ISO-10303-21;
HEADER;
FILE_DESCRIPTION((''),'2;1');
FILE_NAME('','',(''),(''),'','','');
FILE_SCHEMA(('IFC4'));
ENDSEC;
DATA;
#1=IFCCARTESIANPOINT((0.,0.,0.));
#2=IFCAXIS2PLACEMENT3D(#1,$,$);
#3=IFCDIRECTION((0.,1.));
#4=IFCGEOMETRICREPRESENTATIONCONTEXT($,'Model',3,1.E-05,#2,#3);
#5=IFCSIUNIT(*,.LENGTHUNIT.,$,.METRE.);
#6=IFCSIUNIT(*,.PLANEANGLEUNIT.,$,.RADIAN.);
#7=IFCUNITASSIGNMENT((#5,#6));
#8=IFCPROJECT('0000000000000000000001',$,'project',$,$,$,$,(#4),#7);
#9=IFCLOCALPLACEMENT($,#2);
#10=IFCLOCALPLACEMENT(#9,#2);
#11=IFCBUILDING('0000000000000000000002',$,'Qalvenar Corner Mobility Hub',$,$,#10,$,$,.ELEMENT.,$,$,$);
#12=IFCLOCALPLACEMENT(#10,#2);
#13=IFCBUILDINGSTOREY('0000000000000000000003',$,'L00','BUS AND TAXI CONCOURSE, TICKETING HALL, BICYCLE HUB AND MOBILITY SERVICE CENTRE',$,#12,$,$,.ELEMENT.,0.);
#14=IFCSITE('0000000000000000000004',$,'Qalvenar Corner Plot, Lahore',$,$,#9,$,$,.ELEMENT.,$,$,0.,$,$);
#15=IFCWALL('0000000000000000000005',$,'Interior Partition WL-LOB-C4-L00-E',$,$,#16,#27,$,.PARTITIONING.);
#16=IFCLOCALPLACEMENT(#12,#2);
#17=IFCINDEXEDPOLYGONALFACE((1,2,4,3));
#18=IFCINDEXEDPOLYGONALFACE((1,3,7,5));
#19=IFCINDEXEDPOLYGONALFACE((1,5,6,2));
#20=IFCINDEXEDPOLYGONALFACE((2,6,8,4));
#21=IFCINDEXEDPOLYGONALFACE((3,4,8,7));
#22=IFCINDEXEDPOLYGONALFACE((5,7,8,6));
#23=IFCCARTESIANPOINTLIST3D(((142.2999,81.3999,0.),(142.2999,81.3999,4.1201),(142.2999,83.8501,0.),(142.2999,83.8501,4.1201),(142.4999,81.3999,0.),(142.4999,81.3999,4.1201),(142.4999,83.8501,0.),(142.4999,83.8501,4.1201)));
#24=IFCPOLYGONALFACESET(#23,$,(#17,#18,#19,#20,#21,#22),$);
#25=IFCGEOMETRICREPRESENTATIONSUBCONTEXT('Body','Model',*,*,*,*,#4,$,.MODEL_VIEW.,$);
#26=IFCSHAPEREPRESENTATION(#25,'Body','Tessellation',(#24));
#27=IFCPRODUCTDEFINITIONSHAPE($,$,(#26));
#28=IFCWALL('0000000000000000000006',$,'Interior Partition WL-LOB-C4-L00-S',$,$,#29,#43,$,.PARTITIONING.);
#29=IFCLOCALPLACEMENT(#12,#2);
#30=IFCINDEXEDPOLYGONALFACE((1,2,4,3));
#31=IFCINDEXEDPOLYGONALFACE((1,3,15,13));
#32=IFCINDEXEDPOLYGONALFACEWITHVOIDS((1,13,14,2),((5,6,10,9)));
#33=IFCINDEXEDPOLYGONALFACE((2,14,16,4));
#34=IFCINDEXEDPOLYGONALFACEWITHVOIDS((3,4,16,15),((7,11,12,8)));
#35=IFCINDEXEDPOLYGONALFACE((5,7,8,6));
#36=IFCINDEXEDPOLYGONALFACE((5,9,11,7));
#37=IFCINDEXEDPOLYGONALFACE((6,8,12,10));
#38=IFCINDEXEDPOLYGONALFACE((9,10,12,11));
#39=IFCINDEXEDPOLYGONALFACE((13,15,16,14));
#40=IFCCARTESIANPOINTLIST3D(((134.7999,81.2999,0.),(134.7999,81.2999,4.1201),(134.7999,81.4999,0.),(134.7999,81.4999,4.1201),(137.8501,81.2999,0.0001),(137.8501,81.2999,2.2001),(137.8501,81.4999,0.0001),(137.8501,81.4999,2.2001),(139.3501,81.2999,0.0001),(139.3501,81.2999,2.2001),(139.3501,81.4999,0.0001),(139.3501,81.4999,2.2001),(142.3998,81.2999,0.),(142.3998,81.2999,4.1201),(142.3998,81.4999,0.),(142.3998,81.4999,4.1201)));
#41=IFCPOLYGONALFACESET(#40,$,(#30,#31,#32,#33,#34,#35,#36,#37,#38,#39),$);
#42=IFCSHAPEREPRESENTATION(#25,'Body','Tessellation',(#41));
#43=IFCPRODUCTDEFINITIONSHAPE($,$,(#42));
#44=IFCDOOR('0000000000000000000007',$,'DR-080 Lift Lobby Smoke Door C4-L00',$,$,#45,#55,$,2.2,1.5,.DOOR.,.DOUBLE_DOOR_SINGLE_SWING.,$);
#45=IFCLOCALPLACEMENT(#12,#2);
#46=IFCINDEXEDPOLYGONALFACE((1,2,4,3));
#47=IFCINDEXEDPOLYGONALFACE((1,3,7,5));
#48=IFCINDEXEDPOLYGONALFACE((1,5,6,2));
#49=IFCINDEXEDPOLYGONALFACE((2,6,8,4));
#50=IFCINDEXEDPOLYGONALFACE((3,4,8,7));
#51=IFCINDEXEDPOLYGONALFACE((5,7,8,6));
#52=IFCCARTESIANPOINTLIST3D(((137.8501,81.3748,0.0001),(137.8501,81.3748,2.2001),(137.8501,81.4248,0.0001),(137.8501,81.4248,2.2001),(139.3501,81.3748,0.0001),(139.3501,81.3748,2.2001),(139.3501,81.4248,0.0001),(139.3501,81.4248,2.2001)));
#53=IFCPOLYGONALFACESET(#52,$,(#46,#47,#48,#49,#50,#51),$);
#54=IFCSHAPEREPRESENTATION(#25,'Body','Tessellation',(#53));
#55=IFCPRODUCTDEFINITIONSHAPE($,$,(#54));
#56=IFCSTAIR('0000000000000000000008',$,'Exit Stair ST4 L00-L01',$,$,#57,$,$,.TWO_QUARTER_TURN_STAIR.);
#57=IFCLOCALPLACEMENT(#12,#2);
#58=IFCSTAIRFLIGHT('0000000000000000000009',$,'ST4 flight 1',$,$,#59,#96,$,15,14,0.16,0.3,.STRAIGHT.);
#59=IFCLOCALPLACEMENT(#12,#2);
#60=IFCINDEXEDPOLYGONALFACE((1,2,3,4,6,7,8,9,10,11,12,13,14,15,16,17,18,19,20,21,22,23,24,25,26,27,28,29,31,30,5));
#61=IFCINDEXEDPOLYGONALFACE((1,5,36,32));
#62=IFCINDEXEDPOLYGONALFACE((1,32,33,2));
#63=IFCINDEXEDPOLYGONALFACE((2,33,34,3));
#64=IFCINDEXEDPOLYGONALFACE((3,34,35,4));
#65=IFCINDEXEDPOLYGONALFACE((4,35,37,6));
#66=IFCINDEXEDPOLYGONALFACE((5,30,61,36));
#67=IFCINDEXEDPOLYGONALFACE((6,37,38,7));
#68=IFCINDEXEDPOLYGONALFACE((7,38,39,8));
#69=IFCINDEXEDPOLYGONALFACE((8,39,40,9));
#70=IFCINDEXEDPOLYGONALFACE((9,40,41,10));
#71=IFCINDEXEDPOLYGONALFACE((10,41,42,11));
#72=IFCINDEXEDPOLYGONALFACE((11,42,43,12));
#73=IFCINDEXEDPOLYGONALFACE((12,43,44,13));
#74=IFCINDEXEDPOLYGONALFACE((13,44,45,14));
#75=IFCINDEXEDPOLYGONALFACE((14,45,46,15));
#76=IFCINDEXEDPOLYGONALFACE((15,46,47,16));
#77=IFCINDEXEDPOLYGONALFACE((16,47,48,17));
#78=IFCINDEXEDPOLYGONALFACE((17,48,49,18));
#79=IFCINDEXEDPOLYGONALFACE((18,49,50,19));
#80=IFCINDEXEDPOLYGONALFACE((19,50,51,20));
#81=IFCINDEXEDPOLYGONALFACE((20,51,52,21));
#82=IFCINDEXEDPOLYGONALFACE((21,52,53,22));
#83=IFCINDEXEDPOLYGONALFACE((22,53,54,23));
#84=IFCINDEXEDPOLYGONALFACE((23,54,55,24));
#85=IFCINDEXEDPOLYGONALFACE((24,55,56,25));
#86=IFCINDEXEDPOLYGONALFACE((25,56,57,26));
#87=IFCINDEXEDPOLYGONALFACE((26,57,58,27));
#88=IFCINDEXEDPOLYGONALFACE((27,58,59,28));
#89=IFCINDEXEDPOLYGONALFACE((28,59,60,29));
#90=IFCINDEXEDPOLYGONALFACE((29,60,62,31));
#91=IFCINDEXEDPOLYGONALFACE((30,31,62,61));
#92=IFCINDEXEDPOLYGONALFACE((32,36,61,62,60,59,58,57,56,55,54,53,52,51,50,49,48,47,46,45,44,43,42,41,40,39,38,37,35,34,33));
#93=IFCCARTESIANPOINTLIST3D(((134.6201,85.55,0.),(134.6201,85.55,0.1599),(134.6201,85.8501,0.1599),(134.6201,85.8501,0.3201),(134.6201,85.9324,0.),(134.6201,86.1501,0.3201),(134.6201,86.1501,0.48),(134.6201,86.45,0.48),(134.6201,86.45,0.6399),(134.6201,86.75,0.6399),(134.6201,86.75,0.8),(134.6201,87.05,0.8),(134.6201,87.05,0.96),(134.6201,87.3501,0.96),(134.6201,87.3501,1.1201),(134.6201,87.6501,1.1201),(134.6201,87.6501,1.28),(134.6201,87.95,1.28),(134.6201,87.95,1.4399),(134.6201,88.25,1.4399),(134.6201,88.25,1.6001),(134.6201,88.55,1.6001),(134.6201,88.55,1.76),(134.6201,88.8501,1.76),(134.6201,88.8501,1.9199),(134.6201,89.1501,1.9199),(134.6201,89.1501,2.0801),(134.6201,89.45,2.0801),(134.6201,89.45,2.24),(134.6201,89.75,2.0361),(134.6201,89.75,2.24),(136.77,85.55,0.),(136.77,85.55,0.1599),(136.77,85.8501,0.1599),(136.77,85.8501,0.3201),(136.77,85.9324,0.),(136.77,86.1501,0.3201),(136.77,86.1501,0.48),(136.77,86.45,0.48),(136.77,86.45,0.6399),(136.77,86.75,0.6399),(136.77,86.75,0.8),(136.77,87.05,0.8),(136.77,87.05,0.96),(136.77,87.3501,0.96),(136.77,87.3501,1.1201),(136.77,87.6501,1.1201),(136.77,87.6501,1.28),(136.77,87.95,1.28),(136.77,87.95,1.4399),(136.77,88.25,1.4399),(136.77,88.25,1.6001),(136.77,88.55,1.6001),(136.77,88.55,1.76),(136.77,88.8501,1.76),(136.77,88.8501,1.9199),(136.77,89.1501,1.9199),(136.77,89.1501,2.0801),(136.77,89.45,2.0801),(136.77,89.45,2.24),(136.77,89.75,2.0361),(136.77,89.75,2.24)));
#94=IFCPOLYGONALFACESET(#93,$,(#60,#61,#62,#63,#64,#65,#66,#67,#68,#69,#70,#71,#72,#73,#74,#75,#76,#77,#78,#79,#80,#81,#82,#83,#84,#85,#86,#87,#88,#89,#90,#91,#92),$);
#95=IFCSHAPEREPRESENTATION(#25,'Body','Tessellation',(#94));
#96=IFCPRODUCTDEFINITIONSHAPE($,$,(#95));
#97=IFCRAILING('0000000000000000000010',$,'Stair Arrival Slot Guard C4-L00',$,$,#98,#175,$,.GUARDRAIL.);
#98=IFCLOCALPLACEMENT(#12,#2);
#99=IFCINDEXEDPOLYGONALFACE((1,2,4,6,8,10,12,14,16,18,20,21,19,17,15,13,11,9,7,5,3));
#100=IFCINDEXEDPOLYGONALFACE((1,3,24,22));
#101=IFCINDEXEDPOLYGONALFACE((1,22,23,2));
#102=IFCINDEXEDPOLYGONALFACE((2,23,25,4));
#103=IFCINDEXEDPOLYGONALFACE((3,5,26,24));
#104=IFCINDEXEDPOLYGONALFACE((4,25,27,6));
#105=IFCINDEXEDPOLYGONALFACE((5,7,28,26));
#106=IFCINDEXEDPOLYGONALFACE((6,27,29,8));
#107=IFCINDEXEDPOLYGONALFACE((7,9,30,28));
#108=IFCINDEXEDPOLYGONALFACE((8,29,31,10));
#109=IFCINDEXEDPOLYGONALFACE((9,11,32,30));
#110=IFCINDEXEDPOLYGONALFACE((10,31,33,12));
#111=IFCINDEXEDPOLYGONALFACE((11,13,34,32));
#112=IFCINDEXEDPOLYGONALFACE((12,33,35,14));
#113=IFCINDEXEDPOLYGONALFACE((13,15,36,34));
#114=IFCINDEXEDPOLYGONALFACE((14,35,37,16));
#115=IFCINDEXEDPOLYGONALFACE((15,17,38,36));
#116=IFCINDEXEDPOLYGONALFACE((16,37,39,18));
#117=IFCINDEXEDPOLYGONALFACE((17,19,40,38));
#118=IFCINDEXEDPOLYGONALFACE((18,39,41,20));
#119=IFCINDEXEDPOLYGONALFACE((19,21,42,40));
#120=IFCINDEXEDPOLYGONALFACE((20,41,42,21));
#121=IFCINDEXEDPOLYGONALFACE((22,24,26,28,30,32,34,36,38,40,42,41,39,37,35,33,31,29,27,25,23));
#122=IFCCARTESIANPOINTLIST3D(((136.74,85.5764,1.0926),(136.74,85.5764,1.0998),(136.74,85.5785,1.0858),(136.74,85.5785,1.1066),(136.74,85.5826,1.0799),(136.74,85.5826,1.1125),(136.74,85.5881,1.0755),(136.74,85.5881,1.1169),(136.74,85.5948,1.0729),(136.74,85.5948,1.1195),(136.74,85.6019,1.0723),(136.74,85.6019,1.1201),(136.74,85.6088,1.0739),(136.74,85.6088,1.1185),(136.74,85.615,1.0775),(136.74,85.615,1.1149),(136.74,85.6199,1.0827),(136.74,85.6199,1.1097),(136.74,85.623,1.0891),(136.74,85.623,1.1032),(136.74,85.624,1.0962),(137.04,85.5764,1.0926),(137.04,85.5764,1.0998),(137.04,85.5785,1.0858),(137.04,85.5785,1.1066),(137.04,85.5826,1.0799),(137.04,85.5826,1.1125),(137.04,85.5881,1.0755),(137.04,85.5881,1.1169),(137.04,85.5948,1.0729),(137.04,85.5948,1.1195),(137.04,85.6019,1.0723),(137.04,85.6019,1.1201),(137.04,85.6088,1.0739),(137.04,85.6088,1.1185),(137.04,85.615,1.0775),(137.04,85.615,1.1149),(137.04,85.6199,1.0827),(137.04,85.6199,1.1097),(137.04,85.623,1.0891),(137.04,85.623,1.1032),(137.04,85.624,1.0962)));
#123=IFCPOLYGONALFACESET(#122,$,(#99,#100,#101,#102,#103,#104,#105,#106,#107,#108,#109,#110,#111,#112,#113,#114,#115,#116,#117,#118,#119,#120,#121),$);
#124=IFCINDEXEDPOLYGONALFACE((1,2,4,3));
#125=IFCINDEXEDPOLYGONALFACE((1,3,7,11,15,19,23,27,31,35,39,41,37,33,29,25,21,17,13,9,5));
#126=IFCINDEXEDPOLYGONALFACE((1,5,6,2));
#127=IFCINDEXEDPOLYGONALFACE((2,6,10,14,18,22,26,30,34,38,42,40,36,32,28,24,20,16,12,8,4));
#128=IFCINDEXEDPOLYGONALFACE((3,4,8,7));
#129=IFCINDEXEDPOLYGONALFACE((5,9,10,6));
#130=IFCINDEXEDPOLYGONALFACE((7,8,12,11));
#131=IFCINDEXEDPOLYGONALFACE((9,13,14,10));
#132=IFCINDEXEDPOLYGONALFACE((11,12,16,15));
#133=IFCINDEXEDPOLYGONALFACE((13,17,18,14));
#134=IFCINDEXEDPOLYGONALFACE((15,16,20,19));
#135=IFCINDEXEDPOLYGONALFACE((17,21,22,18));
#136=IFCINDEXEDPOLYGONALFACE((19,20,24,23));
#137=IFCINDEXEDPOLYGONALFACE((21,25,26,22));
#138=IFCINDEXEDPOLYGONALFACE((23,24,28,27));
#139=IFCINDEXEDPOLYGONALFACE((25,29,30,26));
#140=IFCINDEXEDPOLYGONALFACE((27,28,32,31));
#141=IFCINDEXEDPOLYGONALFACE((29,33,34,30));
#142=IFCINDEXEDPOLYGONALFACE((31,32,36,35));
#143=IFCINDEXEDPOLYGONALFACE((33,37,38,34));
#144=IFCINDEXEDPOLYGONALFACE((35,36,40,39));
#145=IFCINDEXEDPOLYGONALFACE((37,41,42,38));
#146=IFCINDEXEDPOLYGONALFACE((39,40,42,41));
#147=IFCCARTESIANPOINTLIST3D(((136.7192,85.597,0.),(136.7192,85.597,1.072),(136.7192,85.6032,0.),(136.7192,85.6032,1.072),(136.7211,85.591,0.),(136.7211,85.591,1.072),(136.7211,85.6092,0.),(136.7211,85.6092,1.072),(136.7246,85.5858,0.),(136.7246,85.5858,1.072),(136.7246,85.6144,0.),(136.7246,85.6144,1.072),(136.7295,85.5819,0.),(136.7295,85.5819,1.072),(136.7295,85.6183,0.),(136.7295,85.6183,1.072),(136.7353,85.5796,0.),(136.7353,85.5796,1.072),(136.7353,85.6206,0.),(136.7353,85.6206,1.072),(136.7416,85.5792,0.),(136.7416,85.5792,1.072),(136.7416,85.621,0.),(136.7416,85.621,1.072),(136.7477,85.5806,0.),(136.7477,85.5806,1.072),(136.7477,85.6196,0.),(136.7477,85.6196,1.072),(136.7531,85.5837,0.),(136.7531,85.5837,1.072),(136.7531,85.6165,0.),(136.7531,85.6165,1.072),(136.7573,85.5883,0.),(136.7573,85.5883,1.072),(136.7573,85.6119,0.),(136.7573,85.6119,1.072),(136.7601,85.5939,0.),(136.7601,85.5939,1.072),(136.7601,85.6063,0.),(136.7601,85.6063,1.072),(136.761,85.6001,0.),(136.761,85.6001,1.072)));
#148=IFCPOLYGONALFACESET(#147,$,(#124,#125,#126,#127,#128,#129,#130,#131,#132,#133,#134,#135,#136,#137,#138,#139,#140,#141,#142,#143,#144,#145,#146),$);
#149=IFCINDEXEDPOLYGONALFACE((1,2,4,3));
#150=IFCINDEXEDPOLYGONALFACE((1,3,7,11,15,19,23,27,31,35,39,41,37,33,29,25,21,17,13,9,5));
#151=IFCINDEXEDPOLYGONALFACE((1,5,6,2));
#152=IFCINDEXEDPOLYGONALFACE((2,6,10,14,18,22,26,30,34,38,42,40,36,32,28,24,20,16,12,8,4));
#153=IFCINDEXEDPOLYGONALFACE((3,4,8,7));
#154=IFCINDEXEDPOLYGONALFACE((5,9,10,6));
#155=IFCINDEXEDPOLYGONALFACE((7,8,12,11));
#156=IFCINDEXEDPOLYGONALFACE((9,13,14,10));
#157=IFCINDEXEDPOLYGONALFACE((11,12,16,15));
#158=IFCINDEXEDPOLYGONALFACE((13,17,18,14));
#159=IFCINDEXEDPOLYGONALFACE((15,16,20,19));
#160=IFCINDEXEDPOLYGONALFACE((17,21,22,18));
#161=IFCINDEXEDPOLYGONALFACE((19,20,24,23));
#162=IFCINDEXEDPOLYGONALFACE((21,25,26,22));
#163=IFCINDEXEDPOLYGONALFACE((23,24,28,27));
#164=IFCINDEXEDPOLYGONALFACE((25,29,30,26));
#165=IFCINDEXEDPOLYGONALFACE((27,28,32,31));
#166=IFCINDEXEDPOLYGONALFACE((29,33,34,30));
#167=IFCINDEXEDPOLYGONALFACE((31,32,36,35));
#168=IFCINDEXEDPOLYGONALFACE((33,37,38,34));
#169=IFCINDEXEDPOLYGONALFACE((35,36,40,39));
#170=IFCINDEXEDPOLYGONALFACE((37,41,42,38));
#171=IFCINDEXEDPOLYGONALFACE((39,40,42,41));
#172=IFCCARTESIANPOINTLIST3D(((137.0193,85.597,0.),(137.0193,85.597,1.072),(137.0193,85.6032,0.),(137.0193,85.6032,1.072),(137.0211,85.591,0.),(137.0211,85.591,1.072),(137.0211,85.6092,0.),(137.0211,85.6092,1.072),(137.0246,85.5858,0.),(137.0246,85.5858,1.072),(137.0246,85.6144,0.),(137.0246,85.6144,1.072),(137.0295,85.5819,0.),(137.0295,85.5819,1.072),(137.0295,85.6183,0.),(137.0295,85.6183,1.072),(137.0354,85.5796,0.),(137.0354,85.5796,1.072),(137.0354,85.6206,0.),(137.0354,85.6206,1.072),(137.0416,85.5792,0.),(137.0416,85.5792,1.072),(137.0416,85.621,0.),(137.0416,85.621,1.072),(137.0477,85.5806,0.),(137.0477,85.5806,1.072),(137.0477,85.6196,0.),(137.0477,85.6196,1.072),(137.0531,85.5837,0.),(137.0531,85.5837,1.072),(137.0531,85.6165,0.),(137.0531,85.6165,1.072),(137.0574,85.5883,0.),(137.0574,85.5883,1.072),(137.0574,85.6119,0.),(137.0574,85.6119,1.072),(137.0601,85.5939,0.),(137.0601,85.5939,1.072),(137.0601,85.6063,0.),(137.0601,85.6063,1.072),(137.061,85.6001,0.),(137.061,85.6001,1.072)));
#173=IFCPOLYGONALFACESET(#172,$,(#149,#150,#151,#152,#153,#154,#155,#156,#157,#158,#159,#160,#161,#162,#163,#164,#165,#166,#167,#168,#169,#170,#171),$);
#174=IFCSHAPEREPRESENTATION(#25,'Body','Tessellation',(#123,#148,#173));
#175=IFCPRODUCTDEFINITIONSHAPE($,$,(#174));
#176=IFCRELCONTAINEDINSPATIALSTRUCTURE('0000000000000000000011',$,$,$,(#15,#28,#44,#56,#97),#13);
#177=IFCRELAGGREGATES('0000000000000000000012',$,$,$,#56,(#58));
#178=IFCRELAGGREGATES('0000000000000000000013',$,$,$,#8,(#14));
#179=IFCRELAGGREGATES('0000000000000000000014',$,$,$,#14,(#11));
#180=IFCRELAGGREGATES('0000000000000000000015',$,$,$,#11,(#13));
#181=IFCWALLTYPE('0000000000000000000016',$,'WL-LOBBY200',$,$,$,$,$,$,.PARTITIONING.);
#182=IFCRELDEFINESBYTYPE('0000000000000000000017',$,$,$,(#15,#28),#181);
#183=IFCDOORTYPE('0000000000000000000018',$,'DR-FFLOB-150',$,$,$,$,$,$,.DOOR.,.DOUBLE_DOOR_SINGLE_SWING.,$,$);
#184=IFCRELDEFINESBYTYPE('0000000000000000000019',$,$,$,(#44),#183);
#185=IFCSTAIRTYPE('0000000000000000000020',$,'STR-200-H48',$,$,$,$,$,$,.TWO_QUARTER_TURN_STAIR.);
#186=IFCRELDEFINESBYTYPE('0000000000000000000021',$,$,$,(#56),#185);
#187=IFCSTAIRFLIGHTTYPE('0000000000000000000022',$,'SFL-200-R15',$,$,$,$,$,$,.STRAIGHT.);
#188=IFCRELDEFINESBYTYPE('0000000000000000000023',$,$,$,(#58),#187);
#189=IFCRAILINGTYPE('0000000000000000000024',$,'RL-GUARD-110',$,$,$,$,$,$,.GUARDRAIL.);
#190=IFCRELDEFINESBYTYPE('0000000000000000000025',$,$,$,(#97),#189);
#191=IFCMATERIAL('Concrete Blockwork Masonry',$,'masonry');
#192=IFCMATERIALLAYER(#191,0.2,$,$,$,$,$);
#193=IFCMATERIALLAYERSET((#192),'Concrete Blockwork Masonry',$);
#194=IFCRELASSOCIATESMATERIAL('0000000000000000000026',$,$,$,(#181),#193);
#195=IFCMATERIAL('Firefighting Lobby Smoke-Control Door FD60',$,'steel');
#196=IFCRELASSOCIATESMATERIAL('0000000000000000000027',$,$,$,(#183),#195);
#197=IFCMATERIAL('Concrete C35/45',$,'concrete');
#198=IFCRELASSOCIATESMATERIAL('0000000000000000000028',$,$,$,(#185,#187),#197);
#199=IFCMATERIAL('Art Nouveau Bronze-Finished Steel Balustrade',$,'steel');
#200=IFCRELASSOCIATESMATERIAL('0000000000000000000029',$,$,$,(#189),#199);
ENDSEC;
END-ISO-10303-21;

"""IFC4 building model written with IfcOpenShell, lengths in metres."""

from ifc_helpers import new_model, si_unit, direction, frame, frame_2d, origin, origin_2d, place, context, subcontext, project, spatial, polyline, rectangle, circle, outline, extrude, material, layer, layer_set, type_object, element, fill, aggregate, save


model = new_model("IFC4")

# Units and contexts
model_context = context("Model", 3, precision=1e-05, world=origin(), true_north=direction((0.0, 1.0)))
body_context = subcontext(model_context, "Body", "Model", "MODEL_VIEW")
ifc_project = project(units=[si_unit("LENGTHUNIT", "METRE"), si_unit("PLANEANGLEUNIT", "RADIAN")], contexts=[model_context])

# Site, building, storey
site_placement = place(None, origin())
site = spatial("IfcSite", under=ifc_project, at=site_placement, Name="Qalvenar Corner Plot, Lahore", CompositionType="ELEMENT", RefElevation=0.0)
building_placement = place(site_placement, origin())
building = spatial("IfcBuilding", under=site, at=building_placement, Name="Qalvenar Corner Mobility Hub", CompositionType="ELEMENT")
storey_placement = place(building_placement, origin())
storey = spatial("IfcBuildingStorey", under=building, at=storey_placement, Name="L00", Description="BUS AND TAXI CONCOURSE, TICKETING HALL, BICYCLE HUB AND MOBILITY SERVICE CENTRE", CompositionType="ELEMENT", Elevation=0.0)

# Wall
ifc_material_1 = material(Name="Concrete Blockwork Masonry", Category="masonry")
ifc_layer_1 = layer(ifc_material_1, 0.2)
ifc_layer_set_1 = layer_set([ifc_layer_1], Name="Concrete Blockwork Masonry")
wall_type_1 = type_object("IfcWallType", Name="WL-LOBBY200", PredefinedType="PARTITIONING", material=ifc_layer_set_1)
for number, where, z_axis, x_axis, name in (
    (1, (142.3999, 81.3999, 0.0), (0.0, 0.0, 1.0), (0.0, 1.0, 0.0), "Interior Partition WL-LOB-C4-L00-E"),
):
    element("IfcWall", number, at=place(storey_placement, frame(where, z_axis=z_axis, x_axis=x_axis)), inside=storey, type_object=wall_type_1, Name=name, PredefinedType="PARTITIONING", context=body_context, shape_type="SweptSolid", body=[
        extrude(rectangle(XDim=2.4502, YDim=0.2, at=frame_2d((1.2251, 0.0))), origin(), (0.0, 0.0, 1.0), 4.1201),
    ])

# Wall, opening, door
wall_1_placement = place(storey_placement, frame((134.8, 81.3999, 0.0), z_axis=(0.0, 0.0, 1.0), x_axis=(1.0, 0.0, 0.0)))
wall_1 = element("IfcWall", 2, at=wall_1_placement, inside=storey, type_object=wall_type_1, Name="Interior Partition WL-LOB-C4-L00-S", PredefinedType="PARTITIONING", context=body_context, shape_type="SweptSolid", body=[
    extrude(rectangle(XDim=7.5999, YDim=0.2, at=frame_2d((3.7998, 0.0))), origin(), (0.0, 0.0, 1.0), 4.1201),
])
opening_1_placement = place(wall_1_placement, frame((3.05, 0.0, 0.0)))
opening_1 = element("IfcOpeningElement", 3, at=opening_1_placement, cuts=wall_1, PredefinedType="OPENING", context=body_context, shape_type="SweptSolid", body=[
    extrude(rectangle(XDim=1.5, YDim=2.2, at=frame_2d((0.75, 1.1001))), frame((0.0, 0.1099, 0.0), z_axis=(0.0, -1.0, 0.0), x_axis=(1.0, 0.0, 0.0)), (0.0, 0.0, 1.0), 0.22),
])
ifc_material_2 = material(Name="Firefighting Lobby Smoke-Control Door FD60", Category="steel")
door_type_1 = type_object("IfcDoorType", Name="DR-FFLOB-150", OperationType="DOUBLE_DOOR_SINGLE_SWING", PredefinedType="DOOR", material=ifc_material_2)
door_1_placement = place(opening_1_placement, origin())
door_1 = element("IfcDoor", 4, at=door_1_placement, inside=storey, type_object=door_type_1, Name="DR-080 Lift Lobby Smoke Door C4-L00", OperationType="DOUBLE_DOOR_SINGLE_SWING", OverallHeight=2.2, OverallWidth=1.5, PredefinedType="DOOR", context=body_context, shape_type="SweptSolid", body=[
    extrude(rectangle(XDim=1.5, YDim=2.2, at=frame_2d((0.75, 1.1001))), frame((0.0, 0.0249, 0.0), z_axis=(0.0, -1.0, 0.0), x_axis=(1.0, 0.0, 0.0)), (0.0, 0.0, 1.0), 0.05),
])
fill(opening_1, door_1)

# Stair, stair flight
ifc_material_3 = material(Name="Concrete C35/45", Category="concrete")
stair_type = type_object("IfcStairType", Name="STR-200-H48", PredefinedType="TWO_QUARTER_TURN_STAIR", material=ifc_material_3)
stair_placement = place(storey_placement, origin())
stair = element("IfcStair", 5, at=stair_placement, inside=storey, type_object=stair_type, Name="Exit Stair ST4 L00-L01", PredefinedType="TWO_QUARTER_TURN_STAIR")
stair_flight_type = type_object("IfcStairFlightType", Name="SFL-200-R15", PredefinedType="STRAIGHT", material=ifc_material_3)
stair_flight_placement = place(storey_placement, frame((135.6951, 85.55, 0.0), z_axis=(0.0, 0.0, 1.0), x_axis=(0.0, 1.0, 0.0)))
stair_flight = element("IfcStairFlight", 6, at=stair_flight_placement, type_object=stair_flight_type, Name="ST4 flight 1", NumberOfRisers=15, NumberOfTreads=14, PredefinedType="STRAIGHT", RiserHeight=0.16, TreadLength=0.3, context=body_context, shape_type="SweptSolid", body=[
    extrude(outline(polyline([(0.0, 0.0), (0.0, 0.1599), (0.3, 0.1599), (0.3, 0.3201), (0.6001, 0.3201), (0.6001, 0.48), (0.8999, 0.48), (0.8999, 0.6399), (1.2, 0.6399), (1.2, 0.8), (1.5, 0.8), (1.5, 0.96), (1.8, 0.96), (1.8, 1.1201), (2.1001, 1.1201), (2.1001, 1.28), (2.3999, 1.28), (2.3999, 1.4399), (2.7, 1.4399), (2.7, 1.6001), (3.0, 1.6001), (3.0, 1.76), (3.3, 1.76), (3.3, 1.9199), (3.6001, 1.9199), (3.6001, 2.0801), (3.8999, 2.0801), (3.8999, 2.24), (4.2, 2.24), (4.2, 2.3999), (4.2, 2.0361), (0.3823, 0.0), (0.0, 0.0)])), frame((0.0, 1.075, 0.0), z_axis=(0.0, -1.0, 0.0), x_axis=(1.0, 0.0, 0.0)), (0.0, 0.0, 1.0), 2.1499),
])
aggregate(stair, [stair_flight])

# Railing
ifc_material_4 = material(Name="Art Nouveau Bronze-Finished Steel Balustrade", Category="steel")
railing_type_1 = type_object("IfcRailingType", Name="RL-GUARD-110", PredefinedType="GUARDRAIL", material=ifc_material_4)
railing_1_placement = place(storey_placement, frame((136.74, 85.6001, 0.0)))
element("IfcRailing", 7, at=railing_1_placement, inside=storey, type_object=railing_type_1, Name="Stair Arrival Slot Guard C4-L00", PredefinedType="GUARDRAIL", context=body_context, shape_type="SweptSolid", body=[
    extrude(circle(Radius=0.0239, at=origin_2d()), frame((0.0, 0.0, 1.0962), z_axis=(1.0, 0.0, 0.0), x_axis=(0.0, 1.0, 0.0)), (0.0, 0.0, 1.0), 0.3),
    extrude(circle(Radius=0.021, at=origin_2d()), origin(), (0.0, 0.0, 1.0), 1.072),
    extrude(circle(Radius=0.021, at=origin_2d()), frame((0.3, 0.0, 0.0)), (0.0, 0.0, 1.0), 1.072),
])

save(model, "model.ifc")
